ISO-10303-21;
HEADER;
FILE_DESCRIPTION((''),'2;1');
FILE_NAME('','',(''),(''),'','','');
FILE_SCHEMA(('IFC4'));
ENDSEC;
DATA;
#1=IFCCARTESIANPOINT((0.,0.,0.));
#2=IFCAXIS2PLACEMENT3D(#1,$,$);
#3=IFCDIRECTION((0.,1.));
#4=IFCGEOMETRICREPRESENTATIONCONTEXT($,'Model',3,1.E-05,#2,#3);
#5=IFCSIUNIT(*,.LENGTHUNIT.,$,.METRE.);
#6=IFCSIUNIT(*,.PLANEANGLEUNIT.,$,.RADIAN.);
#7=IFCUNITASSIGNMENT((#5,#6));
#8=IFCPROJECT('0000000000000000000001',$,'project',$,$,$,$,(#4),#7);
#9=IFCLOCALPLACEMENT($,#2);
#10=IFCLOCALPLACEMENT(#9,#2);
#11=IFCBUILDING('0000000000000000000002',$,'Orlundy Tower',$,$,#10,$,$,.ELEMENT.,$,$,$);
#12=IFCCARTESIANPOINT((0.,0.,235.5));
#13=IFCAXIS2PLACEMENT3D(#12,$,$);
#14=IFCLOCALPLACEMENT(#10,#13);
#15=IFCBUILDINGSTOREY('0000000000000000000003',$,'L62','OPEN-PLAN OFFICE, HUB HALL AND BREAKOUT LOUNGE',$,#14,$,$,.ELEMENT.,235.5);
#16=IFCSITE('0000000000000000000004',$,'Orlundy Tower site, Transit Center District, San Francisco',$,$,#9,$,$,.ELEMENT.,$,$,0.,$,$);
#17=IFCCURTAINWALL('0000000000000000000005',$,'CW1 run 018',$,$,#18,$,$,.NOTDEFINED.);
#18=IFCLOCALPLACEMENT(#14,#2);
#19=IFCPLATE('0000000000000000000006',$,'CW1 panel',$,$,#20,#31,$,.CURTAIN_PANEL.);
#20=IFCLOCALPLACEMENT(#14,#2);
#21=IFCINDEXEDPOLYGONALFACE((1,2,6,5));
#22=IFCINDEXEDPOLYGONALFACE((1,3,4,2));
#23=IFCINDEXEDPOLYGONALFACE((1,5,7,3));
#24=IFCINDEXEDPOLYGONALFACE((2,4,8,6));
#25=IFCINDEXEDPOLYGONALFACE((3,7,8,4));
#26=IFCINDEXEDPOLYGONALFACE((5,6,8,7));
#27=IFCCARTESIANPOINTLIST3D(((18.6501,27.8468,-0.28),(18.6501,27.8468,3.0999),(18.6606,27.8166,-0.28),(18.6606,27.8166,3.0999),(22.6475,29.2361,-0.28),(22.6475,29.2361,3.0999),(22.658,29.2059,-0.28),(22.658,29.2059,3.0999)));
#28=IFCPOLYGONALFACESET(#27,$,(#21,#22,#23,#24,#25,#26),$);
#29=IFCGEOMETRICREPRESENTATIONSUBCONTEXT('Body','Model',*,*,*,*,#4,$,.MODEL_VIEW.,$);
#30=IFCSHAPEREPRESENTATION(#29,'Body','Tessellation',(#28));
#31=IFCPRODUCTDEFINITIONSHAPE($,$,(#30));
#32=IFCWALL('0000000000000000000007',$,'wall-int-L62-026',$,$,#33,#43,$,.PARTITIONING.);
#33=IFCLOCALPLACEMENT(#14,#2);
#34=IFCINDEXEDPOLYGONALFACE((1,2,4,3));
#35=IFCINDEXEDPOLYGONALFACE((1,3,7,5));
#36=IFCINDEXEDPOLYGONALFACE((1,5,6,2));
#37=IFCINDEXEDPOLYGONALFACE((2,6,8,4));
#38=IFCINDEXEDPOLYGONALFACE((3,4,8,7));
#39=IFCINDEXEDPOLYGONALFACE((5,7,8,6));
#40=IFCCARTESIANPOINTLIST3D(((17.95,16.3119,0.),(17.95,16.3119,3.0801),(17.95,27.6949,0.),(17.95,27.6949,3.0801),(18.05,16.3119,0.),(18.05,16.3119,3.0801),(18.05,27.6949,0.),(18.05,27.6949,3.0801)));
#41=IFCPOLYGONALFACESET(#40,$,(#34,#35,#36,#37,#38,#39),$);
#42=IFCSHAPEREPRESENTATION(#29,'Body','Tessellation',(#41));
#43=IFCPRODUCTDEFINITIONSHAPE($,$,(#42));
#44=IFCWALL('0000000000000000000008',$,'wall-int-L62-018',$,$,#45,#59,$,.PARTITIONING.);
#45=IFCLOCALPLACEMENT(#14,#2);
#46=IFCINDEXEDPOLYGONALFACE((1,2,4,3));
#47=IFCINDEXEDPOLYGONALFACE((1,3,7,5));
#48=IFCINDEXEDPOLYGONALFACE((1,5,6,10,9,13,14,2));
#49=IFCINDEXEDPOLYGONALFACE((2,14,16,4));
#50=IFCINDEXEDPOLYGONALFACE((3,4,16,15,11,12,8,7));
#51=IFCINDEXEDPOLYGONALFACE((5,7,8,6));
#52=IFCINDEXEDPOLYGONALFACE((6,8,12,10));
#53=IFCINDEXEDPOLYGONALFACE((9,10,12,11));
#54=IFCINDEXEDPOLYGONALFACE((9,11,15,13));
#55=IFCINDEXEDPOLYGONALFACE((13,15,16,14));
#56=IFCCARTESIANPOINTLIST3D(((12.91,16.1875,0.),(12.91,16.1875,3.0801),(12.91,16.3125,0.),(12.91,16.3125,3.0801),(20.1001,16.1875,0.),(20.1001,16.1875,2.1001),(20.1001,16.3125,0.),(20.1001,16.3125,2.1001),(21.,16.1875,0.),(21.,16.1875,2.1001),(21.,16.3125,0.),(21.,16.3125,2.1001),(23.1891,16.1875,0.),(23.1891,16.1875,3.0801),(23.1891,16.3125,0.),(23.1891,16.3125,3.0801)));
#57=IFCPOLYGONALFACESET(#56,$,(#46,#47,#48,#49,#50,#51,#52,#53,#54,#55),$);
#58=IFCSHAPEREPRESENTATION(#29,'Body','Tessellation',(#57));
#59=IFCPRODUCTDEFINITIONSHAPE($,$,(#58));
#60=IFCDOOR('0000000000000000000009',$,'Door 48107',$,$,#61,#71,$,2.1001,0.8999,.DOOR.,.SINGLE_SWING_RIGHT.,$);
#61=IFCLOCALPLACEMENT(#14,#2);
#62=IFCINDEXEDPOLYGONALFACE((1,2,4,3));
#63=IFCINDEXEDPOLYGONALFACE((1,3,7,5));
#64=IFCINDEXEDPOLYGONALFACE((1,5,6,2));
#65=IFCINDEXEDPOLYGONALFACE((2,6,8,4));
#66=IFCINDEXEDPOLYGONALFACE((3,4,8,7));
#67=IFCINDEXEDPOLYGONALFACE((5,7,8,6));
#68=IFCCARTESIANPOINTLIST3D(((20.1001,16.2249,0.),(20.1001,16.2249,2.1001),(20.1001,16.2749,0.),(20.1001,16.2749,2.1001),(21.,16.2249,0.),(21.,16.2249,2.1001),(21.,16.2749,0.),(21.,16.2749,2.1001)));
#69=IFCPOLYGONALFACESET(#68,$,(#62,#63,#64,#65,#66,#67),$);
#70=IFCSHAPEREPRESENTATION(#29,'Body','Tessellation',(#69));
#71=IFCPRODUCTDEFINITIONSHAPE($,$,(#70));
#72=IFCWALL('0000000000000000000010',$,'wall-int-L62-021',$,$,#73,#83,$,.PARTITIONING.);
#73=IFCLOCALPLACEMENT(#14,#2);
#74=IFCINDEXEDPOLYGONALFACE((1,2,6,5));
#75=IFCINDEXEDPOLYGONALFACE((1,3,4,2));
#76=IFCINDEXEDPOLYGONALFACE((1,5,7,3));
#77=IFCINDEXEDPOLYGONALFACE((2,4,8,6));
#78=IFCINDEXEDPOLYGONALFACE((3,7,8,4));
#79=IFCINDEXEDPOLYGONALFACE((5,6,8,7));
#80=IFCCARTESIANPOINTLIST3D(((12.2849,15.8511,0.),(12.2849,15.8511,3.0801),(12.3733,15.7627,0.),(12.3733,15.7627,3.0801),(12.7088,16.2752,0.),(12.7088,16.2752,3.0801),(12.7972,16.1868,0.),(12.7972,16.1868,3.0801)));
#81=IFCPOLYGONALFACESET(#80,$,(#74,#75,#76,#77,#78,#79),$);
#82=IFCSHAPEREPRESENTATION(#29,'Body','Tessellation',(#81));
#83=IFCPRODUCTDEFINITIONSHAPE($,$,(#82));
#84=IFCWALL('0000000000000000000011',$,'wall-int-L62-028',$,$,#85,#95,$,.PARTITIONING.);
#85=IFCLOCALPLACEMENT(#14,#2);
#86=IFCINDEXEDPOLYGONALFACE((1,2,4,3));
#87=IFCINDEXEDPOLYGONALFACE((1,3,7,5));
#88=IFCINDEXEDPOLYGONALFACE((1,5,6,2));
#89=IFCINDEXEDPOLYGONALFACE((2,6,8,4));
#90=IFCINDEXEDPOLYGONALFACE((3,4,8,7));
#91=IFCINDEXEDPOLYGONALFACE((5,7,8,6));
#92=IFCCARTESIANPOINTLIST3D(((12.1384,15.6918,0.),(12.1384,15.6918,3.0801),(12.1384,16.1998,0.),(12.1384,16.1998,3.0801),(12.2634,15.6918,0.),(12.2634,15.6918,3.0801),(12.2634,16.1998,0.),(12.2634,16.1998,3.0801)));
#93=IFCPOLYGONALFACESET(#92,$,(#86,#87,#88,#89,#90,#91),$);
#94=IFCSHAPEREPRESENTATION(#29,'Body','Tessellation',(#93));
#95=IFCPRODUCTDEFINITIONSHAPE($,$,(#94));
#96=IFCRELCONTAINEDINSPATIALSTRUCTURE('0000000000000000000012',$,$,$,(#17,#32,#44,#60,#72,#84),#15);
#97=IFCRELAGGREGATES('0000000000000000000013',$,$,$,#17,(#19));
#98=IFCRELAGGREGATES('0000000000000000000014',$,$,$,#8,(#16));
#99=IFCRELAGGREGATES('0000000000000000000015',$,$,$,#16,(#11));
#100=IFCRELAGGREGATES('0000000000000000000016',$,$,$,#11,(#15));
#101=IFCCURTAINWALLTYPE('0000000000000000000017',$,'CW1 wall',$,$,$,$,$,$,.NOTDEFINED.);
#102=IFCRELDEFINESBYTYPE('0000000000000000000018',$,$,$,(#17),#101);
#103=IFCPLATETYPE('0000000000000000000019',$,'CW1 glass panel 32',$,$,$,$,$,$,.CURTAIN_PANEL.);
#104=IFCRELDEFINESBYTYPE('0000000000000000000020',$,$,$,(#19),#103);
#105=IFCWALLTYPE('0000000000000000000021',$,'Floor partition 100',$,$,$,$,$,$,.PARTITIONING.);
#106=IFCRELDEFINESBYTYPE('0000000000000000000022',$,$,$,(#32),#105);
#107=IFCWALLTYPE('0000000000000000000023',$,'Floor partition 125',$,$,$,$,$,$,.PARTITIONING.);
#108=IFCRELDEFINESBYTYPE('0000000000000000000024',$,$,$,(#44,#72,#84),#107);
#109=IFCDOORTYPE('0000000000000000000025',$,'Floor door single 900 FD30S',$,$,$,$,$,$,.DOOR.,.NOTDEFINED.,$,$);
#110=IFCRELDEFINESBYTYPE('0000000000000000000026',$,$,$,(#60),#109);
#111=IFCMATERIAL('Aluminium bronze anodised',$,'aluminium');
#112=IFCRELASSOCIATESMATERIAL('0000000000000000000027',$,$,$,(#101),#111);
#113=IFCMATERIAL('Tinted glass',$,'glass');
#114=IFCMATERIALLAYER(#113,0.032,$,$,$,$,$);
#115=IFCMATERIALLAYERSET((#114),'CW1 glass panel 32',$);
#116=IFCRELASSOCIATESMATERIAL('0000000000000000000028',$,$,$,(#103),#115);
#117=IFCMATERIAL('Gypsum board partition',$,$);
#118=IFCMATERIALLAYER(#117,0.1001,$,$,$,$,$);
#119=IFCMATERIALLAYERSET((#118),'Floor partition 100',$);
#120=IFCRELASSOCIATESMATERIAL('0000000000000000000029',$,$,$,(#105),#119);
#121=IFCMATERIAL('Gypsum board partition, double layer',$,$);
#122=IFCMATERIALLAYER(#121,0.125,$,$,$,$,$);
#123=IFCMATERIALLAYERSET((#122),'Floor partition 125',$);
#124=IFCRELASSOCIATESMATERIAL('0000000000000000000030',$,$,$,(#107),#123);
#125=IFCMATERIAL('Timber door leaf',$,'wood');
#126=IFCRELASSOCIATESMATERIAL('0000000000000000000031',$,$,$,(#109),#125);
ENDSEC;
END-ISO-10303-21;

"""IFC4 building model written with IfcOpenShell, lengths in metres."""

from ifc_helpers import new_model, si_unit, direction, frame, frame_2d, origin, origin_2d, place, context, subcontext, project, spatial, rectangle, extrude, material, layer, layer_set, type_object, element, fill, aggregate, save


model = new_model("IFC4")

# Units and contexts
model_context = context("Model", 3, precision=1e-05, world=origin(), true_north=direction((0.0, 1.0)))
body_context = subcontext(model_context, "Body", "Model", "MODEL_VIEW")
ifc_project = project(units=[si_unit("LENGTHUNIT", "METRE"), si_unit("PLANEANGLEUNIT", "RADIAN")], contexts=[model_context])

# Site, building, storey
site_placement = place(None, origin())
site = spatial("IfcSite", under=ifc_project, at=site_placement, Name="Orlundy Tower site, Transit Center District, San Francisco", CompositionType="ELEMENT", RefElevation=0.0)
building_placement = place(site_placement, origin())
building = spatial("IfcBuilding", under=site, at=building_placement, Name="Orlundy Tower", CompositionType="ELEMENT")
storey_placement = place(building_placement, frame((0.0, 0.0, 235.5)))
storey = spatial("IfcBuildingStorey", under=building, at=storey_placement, Name="L62", Description="OPEN-PLAN OFFICE, HUB HALL AND BREAKOUT LOUNGE", CompositionType="ELEMENT", Elevation=235.5)

# Curtain wall
ifc_material_1 = material(Name="Aluminium bronze anodised", Category="aluminium")
curtain_wall_type = type_object("IfcCurtainWallType", Name="CW1 wall", PredefinedType="NOTDEFINED", material=ifc_material_1)
curtain_wall_1_placement = place(storey_placement, origin())
curtain_wall_1 = element("IfcCurtainWall", 1, at=curtain_wall_1_placement, inside=storey, type_object=curtain_wall_type, Name="CW1 run 018", PredefinedType="NOTDEFINED")

# Plate
ifc_material_2 = material(Name="Tinted glass", Category="glass")
ifc_layer_1 = layer(ifc_material_2, 0.032)
ifc_layer_set_1 = layer_set([ifc_layer_1], Name="CW1 glass panel 32")
plate_type = type_object("IfcPlateType", Name="CW1 glass panel 32", PredefinedType="CURTAIN_PANEL", material=ifc_layer_set_1)
plate_1_placement = place(storey_placement, frame((20.6541, 28.5264, -0.28), z_axis=(0.0, 0.0, 1.0), x_axis=(0.944574, 0.328298, 0.0)))
plate_1 = element("IfcPlate", 2, at=plate_1_placement, type_object=plate_type, Name="CW1 panel", PredefinedType="CURTAIN_PANEL", context=body_context, shape_type="SweptSolid", body=[
    extrude(rectangle(XDim=4.2319, YDim=0.032, at=origin_2d()), origin(), (0.0, 0.0, 1.0), 3.3799),
])
aggregate(curtain_wall_1, [plate_1])

# Wall
ifc_material_3 = material(Name="Gypsum board partition")
ifc_layer_2 = layer(ifc_material_3, 0.1001)
ifc_layer_set_2 = layer_set([ifc_layer_2], Name="Floor partition 100")
wall_type_1 = type_object("IfcWallType", Name="Floor partition 100", PredefinedType="PARTITIONING", material=ifc_layer_set_2)
wall_1_placement = place(storey_placement, frame((18.0, 16.312, 0.0), z_axis=(0.0, 0.0, 1.0), x_axis=(0.0, 1.0, 0.0)))
element("IfcWall", 3, at=wall_1_placement, inside=storey, type_object=wall_type_1, Name="wall-int-L62-026", PredefinedType="PARTITIONING", context=body_context, shape_type="SweptSolid", body=[
    extrude(rectangle(XDim=11.3831, YDim=0.1001, at=frame_2d((5.6914, 0.0))), origin(), (0.0, 0.0, 1.0), 3.0801),
])

# Wall, opening, door
ifc_material_4 = material(Name="Gypsum board partition, double layer")
ifc_layer_3 = layer(ifc_material_4, 0.125)
ifc_layer_set_3 = layer_set([ifc_layer_3], Name="Floor partition 125")
wall_type_2 = type_object("IfcWallType", Name="Floor partition 125", PredefinedType="PARTITIONING", material=ifc_layer_set_3)
wall_2_placement = place(storey_placement, frame((12.9099, 16.25, 0.0), z_axis=(0.0, 0.0, 1.0), x_axis=(1.0, 0.0, 0.0)))
wall_2 = element("IfcWall", 4, at=wall_2_placement, inside=storey, type_object=wall_type_2, Name="wall-int-L62-018", PredefinedType="PARTITIONING", context=body_context, shape_type="SweptSolid", body=[
    extrude(rectangle(XDim=10.2791, YDim=0.125, at=frame_2d((5.1396, 0.0))), origin(), (0.0, 0.0, 1.0), 3.0801),
])
opening_placement = place(wall_2_placement, frame((7.1902, 0.0, 0.0)))
opening = element("IfcOpeningElement", 5, at=opening_placement, cuts=wall_2, PredefinedType="OPENING", context=body_context, shape_type="SweptSolid", body=[
    extrude(rectangle(XDim=0.8999, YDim=2.1001, at=frame_2d((0.45, 1.05))), frame((0.0, 0.0725, 0.0), z_axis=(0.0, -1.0, 0.0), x_axis=(1.0, 0.0, 0.0)), (0.0, 0.0, 1.0), 0.145),
])
ifc_material_5 = material(Name="Timber door leaf", Category="wood")
door_type = type_object("IfcDoorType", Name="Floor door single 900 FD30S", OperationType="NOTDEFINED", PredefinedType="DOOR", material=ifc_material_5)
door_placement = place(opening_placement, origin())
door = element("IfcDoor", 6, at=door_placement, inside=storey, type_object=door_type, Name="Door 48107", OperationType="SINGLE_SWING_RIGHT", OverallHeight=2.1001, OverallWidth=0.8999, PredefinedType="DOOR", context=body_context, shape_type="SweptSolid", body=[
    extrude(rectangle(XDim=0.8999, YDim=2.1001, at=frame_2d((0.45, 1.05))), frame((0.0, 0.0249, 0.0), z_axis=(0.0, -1.0, 0.0), x_axis=(1.0, 0.0, 0.0)), (0.0, 0.0, 1.0), 0.05),
])
fill(opening, door)

# Walls
wall_3_placement = place(storey_placement, frame((12.3291, 15.8069, 0.0), z_axis=(0.0, 0.0, 1.0), x_axis=(0.706903, 0.70731, 0.0)))
element("IfcWall", 7, at=wall_3_placement, inside=storey, type_object=wall_type_2, Name="wall-int-L62-021", PredefinedType="PARTITIONING", context=body_context, shape_type="SweptSolid", body=[
    extrude(rectangle(XDim=0.5996, YDim=0.125, at=frame_2d((0.2998, 0.0))), origin(), (0.0, 0.0, 1.0), 3.0801),
])
wall_4_placement = place(storey_placement, frame((12.2009, 15.6919, 0.0), z_axis=(0.0, 0.0, 1.0), x_axis=(0.0, 1.0, 0.0)))
element("IfcWall", 8, at=wall_4_placement, inside=storey, type_object=wall_type_2, Name="wall-int-L62-028", PredefinedType="PARTITIONING", context=body_context, shape_type="SweptSolid", body=[
    extrude(rectangle(XDim=0.5081, YDim=0.125, at=frame_2d((0.2539, 0.0))), origin(), (0.0, 0.0, 1.0), 3.0801),
])

save(model, "model.ifc")
